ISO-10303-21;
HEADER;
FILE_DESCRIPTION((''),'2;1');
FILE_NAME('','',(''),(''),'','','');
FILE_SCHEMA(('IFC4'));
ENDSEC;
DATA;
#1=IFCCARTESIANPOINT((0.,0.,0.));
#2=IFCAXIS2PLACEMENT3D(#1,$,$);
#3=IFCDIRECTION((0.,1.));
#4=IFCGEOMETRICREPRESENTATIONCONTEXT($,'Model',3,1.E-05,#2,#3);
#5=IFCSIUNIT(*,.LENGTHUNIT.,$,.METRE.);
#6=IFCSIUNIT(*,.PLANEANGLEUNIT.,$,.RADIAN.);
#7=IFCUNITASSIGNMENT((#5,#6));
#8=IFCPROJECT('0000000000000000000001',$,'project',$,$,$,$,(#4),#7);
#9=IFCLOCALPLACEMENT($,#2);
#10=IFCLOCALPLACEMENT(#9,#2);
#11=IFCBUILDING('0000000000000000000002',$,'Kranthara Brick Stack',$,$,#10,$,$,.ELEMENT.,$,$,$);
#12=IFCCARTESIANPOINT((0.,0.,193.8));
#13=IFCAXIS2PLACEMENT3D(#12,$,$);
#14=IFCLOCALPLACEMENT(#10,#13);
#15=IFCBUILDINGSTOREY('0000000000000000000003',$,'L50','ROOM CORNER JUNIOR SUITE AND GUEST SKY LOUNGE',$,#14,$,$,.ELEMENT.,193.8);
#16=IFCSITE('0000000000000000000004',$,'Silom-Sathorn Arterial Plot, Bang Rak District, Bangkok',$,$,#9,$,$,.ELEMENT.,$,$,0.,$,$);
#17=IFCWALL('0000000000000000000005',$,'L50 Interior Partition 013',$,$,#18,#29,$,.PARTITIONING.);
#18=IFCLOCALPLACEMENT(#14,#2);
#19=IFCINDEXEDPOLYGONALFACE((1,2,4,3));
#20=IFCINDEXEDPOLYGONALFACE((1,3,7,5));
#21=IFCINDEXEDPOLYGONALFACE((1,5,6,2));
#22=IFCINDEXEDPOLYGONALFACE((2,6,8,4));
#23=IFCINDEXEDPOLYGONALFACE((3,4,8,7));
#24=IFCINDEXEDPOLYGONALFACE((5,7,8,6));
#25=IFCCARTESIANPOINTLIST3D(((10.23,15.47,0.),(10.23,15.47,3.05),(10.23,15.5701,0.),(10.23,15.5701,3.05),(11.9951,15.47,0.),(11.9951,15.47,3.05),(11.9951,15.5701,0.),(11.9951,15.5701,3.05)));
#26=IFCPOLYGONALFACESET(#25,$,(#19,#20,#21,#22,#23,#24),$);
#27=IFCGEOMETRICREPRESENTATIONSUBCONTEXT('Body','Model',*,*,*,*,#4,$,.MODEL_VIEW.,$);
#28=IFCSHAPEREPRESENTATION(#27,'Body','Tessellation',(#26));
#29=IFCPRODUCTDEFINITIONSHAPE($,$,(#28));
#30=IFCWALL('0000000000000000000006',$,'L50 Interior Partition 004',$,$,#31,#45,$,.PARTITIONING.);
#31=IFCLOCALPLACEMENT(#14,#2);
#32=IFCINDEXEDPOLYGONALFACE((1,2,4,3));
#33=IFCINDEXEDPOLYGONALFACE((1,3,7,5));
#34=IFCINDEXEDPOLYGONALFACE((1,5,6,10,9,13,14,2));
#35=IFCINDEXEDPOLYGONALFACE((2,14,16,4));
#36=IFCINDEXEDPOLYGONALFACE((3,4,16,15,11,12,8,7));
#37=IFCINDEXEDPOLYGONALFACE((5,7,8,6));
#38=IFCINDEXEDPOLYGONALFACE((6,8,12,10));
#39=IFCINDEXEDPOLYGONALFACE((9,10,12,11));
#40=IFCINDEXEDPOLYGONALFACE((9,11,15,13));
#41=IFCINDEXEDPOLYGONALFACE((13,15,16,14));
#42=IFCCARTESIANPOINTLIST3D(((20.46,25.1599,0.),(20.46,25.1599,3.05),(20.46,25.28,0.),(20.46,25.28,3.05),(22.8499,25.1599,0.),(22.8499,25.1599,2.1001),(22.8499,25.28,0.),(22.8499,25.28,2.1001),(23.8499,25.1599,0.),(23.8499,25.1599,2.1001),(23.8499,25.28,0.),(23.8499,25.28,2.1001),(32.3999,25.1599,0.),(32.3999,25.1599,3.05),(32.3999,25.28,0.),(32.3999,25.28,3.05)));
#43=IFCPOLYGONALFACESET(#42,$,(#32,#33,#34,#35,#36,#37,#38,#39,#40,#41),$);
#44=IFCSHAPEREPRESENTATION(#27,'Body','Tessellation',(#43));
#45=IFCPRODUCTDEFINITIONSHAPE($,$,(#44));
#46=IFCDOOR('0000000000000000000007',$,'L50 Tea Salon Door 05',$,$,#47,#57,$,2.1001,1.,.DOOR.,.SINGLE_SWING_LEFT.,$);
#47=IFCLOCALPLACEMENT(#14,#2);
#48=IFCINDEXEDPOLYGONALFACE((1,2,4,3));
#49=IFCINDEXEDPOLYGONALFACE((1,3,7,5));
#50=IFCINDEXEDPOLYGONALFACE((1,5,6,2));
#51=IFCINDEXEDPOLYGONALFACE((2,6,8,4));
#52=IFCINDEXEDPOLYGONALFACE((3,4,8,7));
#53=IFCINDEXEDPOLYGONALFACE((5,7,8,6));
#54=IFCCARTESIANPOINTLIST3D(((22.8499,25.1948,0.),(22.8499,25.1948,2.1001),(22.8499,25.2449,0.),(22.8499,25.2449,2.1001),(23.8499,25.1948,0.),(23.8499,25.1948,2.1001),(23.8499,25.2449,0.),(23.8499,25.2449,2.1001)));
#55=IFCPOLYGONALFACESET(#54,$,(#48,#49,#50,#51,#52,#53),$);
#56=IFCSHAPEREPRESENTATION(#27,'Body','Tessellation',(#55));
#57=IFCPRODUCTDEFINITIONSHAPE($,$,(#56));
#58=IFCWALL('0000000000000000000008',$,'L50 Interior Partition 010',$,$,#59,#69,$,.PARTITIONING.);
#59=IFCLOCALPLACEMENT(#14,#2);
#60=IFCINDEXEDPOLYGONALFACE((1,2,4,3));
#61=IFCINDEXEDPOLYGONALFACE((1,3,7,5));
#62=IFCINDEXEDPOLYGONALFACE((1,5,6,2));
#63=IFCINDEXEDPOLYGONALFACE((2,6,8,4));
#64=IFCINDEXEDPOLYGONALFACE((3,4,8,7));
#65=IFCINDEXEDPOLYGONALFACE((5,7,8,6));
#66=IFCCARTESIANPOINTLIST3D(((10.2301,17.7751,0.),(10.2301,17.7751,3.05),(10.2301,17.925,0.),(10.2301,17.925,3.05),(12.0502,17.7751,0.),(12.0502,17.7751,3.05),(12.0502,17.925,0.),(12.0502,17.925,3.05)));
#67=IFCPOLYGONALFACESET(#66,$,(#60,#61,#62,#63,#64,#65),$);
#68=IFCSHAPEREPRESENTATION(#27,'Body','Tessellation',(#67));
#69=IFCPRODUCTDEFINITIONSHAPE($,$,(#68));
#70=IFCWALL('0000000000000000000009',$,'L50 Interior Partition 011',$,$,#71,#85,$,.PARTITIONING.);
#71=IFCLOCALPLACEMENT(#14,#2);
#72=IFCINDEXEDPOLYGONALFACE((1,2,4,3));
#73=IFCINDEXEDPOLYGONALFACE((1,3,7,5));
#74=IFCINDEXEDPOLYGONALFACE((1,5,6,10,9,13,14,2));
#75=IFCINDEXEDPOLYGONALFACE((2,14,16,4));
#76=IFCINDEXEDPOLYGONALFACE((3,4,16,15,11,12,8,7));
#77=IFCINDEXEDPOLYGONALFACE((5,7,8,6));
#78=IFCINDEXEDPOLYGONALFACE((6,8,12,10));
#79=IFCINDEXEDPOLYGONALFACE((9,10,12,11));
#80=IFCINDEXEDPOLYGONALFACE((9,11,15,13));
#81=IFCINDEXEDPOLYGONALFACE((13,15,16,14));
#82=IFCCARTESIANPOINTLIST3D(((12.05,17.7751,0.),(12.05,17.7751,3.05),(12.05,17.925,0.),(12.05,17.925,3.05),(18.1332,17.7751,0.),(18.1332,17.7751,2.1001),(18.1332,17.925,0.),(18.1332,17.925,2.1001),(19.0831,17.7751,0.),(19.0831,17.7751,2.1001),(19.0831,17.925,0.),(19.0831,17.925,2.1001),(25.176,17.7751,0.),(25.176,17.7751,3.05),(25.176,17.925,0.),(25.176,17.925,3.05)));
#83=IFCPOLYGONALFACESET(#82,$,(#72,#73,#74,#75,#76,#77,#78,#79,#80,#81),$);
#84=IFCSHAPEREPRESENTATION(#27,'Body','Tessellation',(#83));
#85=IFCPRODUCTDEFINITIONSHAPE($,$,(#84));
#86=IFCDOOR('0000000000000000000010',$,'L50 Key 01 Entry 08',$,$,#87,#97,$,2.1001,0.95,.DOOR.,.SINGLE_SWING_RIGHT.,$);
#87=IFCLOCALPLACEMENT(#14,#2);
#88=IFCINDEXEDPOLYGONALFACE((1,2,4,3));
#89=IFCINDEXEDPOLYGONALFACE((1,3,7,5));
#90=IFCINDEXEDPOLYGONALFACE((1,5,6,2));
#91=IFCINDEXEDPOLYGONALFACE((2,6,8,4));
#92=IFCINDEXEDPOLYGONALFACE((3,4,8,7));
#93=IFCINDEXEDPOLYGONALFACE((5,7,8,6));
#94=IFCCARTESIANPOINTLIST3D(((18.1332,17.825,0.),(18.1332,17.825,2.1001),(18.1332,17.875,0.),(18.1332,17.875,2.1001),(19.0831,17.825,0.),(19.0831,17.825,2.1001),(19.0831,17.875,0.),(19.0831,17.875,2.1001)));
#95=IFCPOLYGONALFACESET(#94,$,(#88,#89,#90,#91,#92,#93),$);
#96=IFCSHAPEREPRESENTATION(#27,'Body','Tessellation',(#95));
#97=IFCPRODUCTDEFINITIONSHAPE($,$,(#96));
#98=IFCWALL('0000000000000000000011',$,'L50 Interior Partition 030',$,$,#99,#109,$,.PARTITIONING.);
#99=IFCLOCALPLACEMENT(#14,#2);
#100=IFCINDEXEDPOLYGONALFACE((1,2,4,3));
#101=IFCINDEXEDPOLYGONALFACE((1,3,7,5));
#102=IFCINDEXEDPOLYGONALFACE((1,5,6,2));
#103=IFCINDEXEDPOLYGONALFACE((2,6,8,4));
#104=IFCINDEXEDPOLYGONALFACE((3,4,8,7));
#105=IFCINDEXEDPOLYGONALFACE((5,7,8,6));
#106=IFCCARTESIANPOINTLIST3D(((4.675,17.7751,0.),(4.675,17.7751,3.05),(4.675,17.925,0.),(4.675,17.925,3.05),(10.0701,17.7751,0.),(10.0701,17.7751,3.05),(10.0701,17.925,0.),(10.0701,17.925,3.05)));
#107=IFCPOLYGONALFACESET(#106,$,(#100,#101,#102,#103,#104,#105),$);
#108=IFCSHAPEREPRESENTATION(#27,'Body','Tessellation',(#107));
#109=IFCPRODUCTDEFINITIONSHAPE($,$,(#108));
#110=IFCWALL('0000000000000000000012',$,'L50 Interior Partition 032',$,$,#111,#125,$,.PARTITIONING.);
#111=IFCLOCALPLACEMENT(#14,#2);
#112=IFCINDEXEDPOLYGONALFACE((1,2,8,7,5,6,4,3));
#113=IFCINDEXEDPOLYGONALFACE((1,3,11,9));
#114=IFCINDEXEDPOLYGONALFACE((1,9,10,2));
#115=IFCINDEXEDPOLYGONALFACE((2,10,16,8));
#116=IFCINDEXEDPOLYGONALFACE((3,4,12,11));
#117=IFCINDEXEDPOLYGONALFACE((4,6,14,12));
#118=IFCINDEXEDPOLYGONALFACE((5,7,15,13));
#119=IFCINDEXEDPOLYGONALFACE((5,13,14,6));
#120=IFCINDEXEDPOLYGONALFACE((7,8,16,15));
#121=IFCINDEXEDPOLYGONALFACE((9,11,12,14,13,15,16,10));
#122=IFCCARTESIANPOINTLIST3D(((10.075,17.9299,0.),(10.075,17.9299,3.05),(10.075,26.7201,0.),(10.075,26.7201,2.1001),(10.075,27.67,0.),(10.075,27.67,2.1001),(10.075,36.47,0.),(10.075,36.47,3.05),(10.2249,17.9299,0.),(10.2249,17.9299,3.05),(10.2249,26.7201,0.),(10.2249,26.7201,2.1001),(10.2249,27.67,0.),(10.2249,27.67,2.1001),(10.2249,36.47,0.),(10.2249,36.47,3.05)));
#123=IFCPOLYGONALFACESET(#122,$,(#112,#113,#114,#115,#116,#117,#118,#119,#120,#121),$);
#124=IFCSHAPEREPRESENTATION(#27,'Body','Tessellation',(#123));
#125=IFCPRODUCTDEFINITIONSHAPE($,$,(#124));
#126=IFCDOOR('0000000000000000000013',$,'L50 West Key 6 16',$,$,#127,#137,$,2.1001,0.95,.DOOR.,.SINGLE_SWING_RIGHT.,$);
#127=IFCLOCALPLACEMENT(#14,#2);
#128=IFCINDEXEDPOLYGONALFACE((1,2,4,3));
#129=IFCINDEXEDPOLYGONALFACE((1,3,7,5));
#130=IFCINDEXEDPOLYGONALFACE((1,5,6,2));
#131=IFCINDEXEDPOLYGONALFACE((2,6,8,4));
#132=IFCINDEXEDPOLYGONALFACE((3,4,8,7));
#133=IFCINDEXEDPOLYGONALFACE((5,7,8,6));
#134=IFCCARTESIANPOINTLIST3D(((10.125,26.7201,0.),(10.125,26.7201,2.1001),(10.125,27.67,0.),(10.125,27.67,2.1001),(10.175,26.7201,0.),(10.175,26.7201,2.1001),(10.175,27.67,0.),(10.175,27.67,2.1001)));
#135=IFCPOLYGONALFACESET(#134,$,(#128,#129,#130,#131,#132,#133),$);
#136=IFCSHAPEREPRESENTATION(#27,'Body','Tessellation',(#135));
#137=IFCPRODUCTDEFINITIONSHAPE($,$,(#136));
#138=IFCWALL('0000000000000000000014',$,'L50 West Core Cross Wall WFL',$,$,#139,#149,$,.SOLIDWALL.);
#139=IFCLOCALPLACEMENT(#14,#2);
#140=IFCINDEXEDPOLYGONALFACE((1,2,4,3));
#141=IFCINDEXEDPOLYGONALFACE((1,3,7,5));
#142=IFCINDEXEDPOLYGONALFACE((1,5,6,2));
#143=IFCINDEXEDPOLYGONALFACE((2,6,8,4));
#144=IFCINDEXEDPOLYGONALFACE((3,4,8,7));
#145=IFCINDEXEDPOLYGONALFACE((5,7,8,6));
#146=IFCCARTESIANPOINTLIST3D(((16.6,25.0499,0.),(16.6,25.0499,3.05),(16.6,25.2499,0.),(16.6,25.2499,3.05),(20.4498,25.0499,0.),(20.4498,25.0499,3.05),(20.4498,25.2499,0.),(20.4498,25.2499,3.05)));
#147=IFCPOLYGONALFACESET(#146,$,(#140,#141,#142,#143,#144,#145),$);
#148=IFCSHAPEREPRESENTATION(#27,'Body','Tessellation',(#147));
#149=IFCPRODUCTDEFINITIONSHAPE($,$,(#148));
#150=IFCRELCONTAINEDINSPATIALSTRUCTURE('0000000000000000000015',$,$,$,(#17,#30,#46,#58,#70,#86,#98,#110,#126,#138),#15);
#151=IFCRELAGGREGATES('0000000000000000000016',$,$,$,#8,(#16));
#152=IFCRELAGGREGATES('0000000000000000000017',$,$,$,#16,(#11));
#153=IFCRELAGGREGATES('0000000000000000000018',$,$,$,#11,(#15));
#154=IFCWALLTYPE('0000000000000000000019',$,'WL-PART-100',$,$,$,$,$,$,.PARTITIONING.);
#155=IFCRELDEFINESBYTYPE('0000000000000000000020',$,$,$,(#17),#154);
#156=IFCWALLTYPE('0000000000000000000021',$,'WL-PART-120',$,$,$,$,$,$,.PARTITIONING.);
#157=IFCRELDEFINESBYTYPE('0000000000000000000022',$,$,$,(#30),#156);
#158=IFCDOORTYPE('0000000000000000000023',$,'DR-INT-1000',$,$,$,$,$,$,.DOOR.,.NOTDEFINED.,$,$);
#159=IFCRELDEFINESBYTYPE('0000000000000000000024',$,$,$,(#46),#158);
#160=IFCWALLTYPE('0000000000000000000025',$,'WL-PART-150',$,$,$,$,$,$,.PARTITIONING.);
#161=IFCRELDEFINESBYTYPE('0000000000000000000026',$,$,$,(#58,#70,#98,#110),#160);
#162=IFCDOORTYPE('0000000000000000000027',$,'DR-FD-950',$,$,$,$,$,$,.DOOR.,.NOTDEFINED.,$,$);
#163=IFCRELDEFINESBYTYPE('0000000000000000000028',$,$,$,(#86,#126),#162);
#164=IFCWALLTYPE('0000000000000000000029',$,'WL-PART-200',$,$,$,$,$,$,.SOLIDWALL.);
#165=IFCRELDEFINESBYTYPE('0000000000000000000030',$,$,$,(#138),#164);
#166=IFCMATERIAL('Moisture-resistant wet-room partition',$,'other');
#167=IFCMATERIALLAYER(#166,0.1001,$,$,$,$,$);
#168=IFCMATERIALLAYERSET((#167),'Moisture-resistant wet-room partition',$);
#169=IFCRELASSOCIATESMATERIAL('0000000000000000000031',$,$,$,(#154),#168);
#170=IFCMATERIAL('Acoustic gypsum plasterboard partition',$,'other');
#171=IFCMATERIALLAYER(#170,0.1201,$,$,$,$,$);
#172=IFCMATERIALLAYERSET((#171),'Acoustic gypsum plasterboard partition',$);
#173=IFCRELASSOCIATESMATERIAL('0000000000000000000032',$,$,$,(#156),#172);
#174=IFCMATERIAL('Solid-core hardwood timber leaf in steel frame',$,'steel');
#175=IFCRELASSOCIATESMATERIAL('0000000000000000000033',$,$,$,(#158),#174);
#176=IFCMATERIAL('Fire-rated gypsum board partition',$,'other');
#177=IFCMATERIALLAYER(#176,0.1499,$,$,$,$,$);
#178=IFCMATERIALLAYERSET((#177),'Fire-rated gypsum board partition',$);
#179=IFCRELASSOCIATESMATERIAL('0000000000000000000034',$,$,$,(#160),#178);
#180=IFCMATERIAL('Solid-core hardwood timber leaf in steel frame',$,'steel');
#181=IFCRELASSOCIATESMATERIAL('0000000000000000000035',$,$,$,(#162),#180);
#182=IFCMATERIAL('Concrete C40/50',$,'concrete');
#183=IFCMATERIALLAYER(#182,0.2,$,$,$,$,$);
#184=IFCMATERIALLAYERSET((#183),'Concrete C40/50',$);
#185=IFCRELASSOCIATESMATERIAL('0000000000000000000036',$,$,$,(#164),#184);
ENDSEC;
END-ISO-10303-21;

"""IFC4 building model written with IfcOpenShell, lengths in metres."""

from ifc_helpers import new_model, si_unit, direction, frame, frame_2d, origin, place, context, subcontext, project, spatial, rectangle, extrude, material, layer, layer_set, type_object, element, fill, save


model = new_model("IFC4")

# Units and contexts
model_context = context("Model", 3, precision=1e-05, world=origin(), true_north=direction((0.0, 1.0)))
body_context = subcontext(model_context, "Body", "Model", "MODEL_VIEW")
ifc_project = project(units=[si_unit("LENGTHUNIT", "METRE"), si_unit("PLANEANGLEUNIT", "RADIAN")], contexts=[model_context])

# Site, building, storey
site_placement = place(None, origin())
site = spatial("IfcSite", under=ifc_project, at=site_placement, Name="Silom-Sathorn Arterial Plot, Bang Rak District, Bangkok", CompositionType="ELEMENT", RefElevation=0.0)
building_placement = place(site_placement, origin())
building = spatial("IfcBuilding", under=site, at=building_placement, Name="Kranthara Brick Stack", CompositionType="ELEMENT")
storey_placement = place(building_placement, frame((0.0, 0.0, 193.8)))
storey = spatial("IfcBuildingStorey", under=building, at=storey_placement, Name="L50", Description="ROOM CORNER JUNIOR SUITE AND GUEST SKY LOUNGE", CompositionType="ELEMENT", Elevation=193.8)

# Shared definitions
ifc_material_1 = material(Name="Moisture-resistant wet-room partition", Category="other")
ifc_layer_1 = layer(ifc_material_1, 0.1001)
ifc_layer_set_1 = layer_set([ifc_layer_1], Name="Moisture-resistant wet-room partition")
wall_type_1 = type_object("IfcWallType", Name="WL-PART-100", PredefinedType="PARTITIONING", material=ifc_layer_set_1)

# Wall
wall_1_placement = place(storey_placement, frame((10.23, 15.52, 0.0), z_axis=(0.0, 0.0, 1.0), x_axis=(1.0, 0.0, 0.0)))
element("IfcWall", 1, at=wall_1_placement, inside=storey, type_object=wall_type_1, Name="L50 Interior Partition 013", PredefinedType="PARTITIONING", context=body_context, shape_type="SweptSolid", body=[
    extrude(rectangle(XDim=1.7651, YDim=0.1001, at=frame_2d((0.8826, 0.0))), origin(), (0.0, 0.0, 1.0), 3.05),
])

# Wall, opening, door
ifc_material_2 = material(Name="Acoustic gypsum plasterboard partition", Category="other")
ifc_layer_2 = layer(ifc_material_2, 0.1201)
ifc_layer_set_2 = layer_set([ifc_layer_2], Name="Acoustic gypsum plasterboard partition")
wall_type_2 = type_object("IfcWallType", Name="WL-PART-120", PredefinedType="PARTITIONING", material=ifc_layer_set_2)
wall_2_placement = place(storey_placement, frame((20.46, 25.22, 0.0), z_axis=(0.0, 0.0, 1.0), x_axis=(1.0, 0.0, 0.0)))
wall_2 = element("IfcWall", 2, at=wall_2_placement, inside=storey, type_object=wall_type_2, Name="L50 Interior Partition 004", PredefinedType="PARTITIONING", context=body_context, shape_type="SweptSolid", body=[
    extrude(rectangle(XDim=11.9399, YDim=0.1201, at=frame_2d((5.97, 0.0))), origin(), (0.0, 0.0, 1.0), 3.05),
])
opening_1_placement = place(wall_2_placement, frame((2.3899, 0.0, 0.0)))
opening_1 = element("IfcOpeningElement", 3, at=opening_1_placement, cuts=wall_2, PredefinedType="OPENING", context=body_context, shape_type="SweptSolid", body=[
    extrude(rectangle(XDim=1.0, YDim=2.1001, at=frame_2d((0.5, 1.05))), frame((0.0, 0.0701, 0.0), z_axis=(0.0, -1.0, 0.0), x_axis=(1.0, 0.0, 0.0)), (0.0, 0.0, 1.0), 0.1401),
])
ifc_material_3 = material(Name="Solid-core hardwood timber leaf in steel frame", Category="steel")
door_type_1 = type_object("IfcDoorType", Name="DR-INT-1000", OperationType="NOTDEFINED", PredefinedType="DOOR", material=ifc_material_3)
door_1_placement = place(opening_1_placement, origin())
door_1 = element("IfcDoor", 4, at=door_1_placement, inside=storey, type_object=door_type_1, Name="L50 Tea Salon Door 05", OperationType="SINGLE_SWING_LEFT", OverallHeight=2.1001, OverallWidth=1.0, PredefinedType="DOOR", context=body_context, shape_type="SweptSolid", body=[
    extrude(rectangle(XDim=1.0, YDim=2.1001, at=frame_2d((0.5, 1.05))), frame((0.0, 0.0249, 0.0), z_axis=(0.0, -1.0, 0.0), x_axis=(1.0, 0.0, 0.0)), (0.0, 0.0, 1.0), 0.05),
])
fill(opening_1, door_1)

# Wall
ifc_material_4 = material(Name="Fire-rated gypsum board partition", Category="other")
ifc_layer_3 = layer(ifc_material_4, 0.1499)
ifc_layer_set_3 = layer_set([ifc_layer_3], Name="Fire-rated gypsum board partition")
wall_type_3 = type_object("IfcWallType", Name="WL-PART-150", PredefinedType="PARTITIONING", material=ifc_layer_set_3)
wall_3_placement = place(storey_placement, frame((10.23, 17.8501, 0.0), z_axis=(0.0, 0.0, 1.0), x_axis=(1.0, 0.0, 0.0)))
element("IfcWall", 5, at=wall_3_placement, inside=storey, type_object=wall_type_3, Name="L50 Interior Partition 010", PredefinedType="PARTITIONING", context=body_context, shape_type="SweptSolid", body=[
    extrude(rectangle(XDim=1.8201, YDim=0.1499, at=frame_2d((0.9102, 0.0))), origin(), (0.0, 0.0, 1.0), 3.05),
])

# Wall, opening, door
wall_4_placement = place(storey_placement, frame((12.05, 17.8501, 0.0), z_axis=(0.0, 0.0, 1.0), x_axis=(1.0, 0.0, 0.0)))
wall_4 = element("IfcWall", 6, at=wall_4_placement, inside=storey, type_object=wall_type_3, Name="L50 Interior Partition 011", PredefinedType="PARTITIONING", context=body_context, shape_type="SweptSolid", body=[
    extrude(rectangle(XDim=13.126, YDim=0.1499, at=frame_2d((6.563, 0.0))), origin(), (0.0, 0.0, 1.0), 3.05),
])
opening_2_placement = place(wall_4_placement, frame((6.083, 0.0, 0.0)))
opening_2 = element("IfcOpeningElement", 7, at=opening_2_placement, cuts=wall_4, PredefinedType="OPENING", context=body_context, shape_type="SweptSolid", body=[
    extrude(rectangle(XDim=0.95, YDim=2.1001, at=frame_2d((0.4751, 1.05))), frame((0.0, 0.085, 0.0), z_axis=(0.0, -1.0, 0.0), x_axis=(1.0, 0.0, 0.0)), (0.0, 0.0, 1.0), 0.1699),
])
ifc_material_5 = material(Name="Solid-core hardwood timber leaf in steel frame", Category="steel")
door_type_2 = type_object("IfcDoorType", Name="DR-FD-950", OperationType="NOTDEFINED", PredefinedType="DOOR", material=ifc_material_5)
door_2_placement = place(opening_2_placement, origin())
door_2 = element("IfcDoor", 8, at=door_2_placement, inside=storey, type_object=door_type_2, Name="L50 Key 01 Entry 08", OperationType="SINGLE_SWING_RIGHT", OverallHeight=2.1001, OverallWidth=0.95, PredefinedType="DOOR", context=body_context, shape_type="SweptSolid", body=[
    extrude(rectangle(XDim=0.95, YDim=2.1001, at=frame_2d((0.4751, 1.05))), frame((0.0, 0.0249, 0.0), z_axis=(0.0, -1.0, 0.0), x_axis=(1.0, 0.0, 0.0)), (0.0, 0.0, 1.0), 0.05),
])
fill(opening_2, door_2)

# Wall
wall_5_placement = place(storey_placement, frame((4.675, 17.8501, 0.0), z_axis=(0.0, 0.0, 1.0), x_axis=(1.0, 0.0, 0.0)))
element("IfcWall", 9, at=wall_5_placement, inside=storey, type_object=wall_type_3, Name="L50 Interior Partition 030", PredefinedType="PARTITIONING", context=body_context, shape_type="SweptSolid", body=[
    extrude(rectangle(XDim=5.395, YDim=0.1499, at=frame_2d((2.6975, 0.0))), origin(), (0.0, 0.0, 1.0), 3.05),
])

# Wall, opening, door
wall_6_placement = place(storey_placement, frame((10.1499, 17.9299, 0.0), z_axis=(0.0, 0.0, 1.0), x_axis=(0.0, 1.0, 0.0)))
wall_6 = element("IfcWall", 10, at=wall_6_placement, inside=storey, type_object=wall_type_3, Name="L50 Interior Partition 032", PredefinedType="PARTITIONING", context=body_context, shape_type="SweptSolid", body=[
    extrude(rectangle(XDim=18.54, YDim=0.1499, at=frame_2d((9.27, 0.0))), origin(), (0.0, 0.0, 1.0), 3.05),
])
opening_3_placement = place(wall_6_placement, frame((8.79, 0.0, 0.0)))
opening_3 = element("IfcOpeningElement", 11, at=opening_3_placement, cuts=wall_6, PredefinedType="OPENING", context=body_context, shape_type="SweptSolid", body=[
    extrude(rectangle(XDim=0.95, YDim=2.1001, at=frame_2d((0.4751, 1.05))), frame((0.0, 0.085, 0.0), z_axis=(0.0, -1.0, 0.0), x_axis=(1.0, 0.0, 0.0)), (0.0, 0.0, 1.0), 0.1699),
])
door_3_placement = place(opening_3_placement, origin())
door_3 = element("IfcDoor", 12, at=door_3_placement, inside=storey, type_object=door_type_2, Name="L50 West Key 6 16", OperationType="SINGLE_SWING_RIGHT", OverallHeight=2.1001, OverallWidth=0.95, PredefinedType="DOOR", context=body_context, shape_type="SweptSolid", body=[
    extrude(rectangle(XDim=0.95, YDim=2.1001, at=frame_2d((0.4751, 1.05))), frame((0.0, 0.0249, 0.0), z_axis=(0.0, -1.0, 0.0), x_axis=(1.0, 0.0, 0.0)), (0.0, 0.0, 1.0), 0.05),
])
fill(opening_3, door_3)

# Wall
ifc_material_6 = material(Name="Concrete C40/50", Category="concrete")
ifc_layer_4 = layer(ifc_material_6, 0.2)
ifc_layer_set_4 = layer_set([ifc_layer_4], Name="Concrete C40/50")
wall_type_4 = type_object("IfcWallType", Name="WL-PART-200", PredefinedType="SOLIDWALL", material=ifc_layer_set_4)
wall_7_placement = place(storey_placement, frame((16.6001, 25.1499, 0.0), z_axis=(0.0, 0.0, 1.0), x_axis=(1.0, 0.0, 0.0)))
element("IfcWall", 13, at=wall_7_placement, inside=storey, type_object=wall_type_4, Name="L50 West Core Cross Wall WFL", PredefinedType="SOLIDWALL", context=body_context, shape_type="SweptSolid", body=[
    extrude(rectangle(XDim=3.8499, YDim=0.2, at=frame_2d((1.9248, 0.0))), origin(), (0.0, 0.0, 1.0), 3.05),
])

save(model, "model.ifc")
